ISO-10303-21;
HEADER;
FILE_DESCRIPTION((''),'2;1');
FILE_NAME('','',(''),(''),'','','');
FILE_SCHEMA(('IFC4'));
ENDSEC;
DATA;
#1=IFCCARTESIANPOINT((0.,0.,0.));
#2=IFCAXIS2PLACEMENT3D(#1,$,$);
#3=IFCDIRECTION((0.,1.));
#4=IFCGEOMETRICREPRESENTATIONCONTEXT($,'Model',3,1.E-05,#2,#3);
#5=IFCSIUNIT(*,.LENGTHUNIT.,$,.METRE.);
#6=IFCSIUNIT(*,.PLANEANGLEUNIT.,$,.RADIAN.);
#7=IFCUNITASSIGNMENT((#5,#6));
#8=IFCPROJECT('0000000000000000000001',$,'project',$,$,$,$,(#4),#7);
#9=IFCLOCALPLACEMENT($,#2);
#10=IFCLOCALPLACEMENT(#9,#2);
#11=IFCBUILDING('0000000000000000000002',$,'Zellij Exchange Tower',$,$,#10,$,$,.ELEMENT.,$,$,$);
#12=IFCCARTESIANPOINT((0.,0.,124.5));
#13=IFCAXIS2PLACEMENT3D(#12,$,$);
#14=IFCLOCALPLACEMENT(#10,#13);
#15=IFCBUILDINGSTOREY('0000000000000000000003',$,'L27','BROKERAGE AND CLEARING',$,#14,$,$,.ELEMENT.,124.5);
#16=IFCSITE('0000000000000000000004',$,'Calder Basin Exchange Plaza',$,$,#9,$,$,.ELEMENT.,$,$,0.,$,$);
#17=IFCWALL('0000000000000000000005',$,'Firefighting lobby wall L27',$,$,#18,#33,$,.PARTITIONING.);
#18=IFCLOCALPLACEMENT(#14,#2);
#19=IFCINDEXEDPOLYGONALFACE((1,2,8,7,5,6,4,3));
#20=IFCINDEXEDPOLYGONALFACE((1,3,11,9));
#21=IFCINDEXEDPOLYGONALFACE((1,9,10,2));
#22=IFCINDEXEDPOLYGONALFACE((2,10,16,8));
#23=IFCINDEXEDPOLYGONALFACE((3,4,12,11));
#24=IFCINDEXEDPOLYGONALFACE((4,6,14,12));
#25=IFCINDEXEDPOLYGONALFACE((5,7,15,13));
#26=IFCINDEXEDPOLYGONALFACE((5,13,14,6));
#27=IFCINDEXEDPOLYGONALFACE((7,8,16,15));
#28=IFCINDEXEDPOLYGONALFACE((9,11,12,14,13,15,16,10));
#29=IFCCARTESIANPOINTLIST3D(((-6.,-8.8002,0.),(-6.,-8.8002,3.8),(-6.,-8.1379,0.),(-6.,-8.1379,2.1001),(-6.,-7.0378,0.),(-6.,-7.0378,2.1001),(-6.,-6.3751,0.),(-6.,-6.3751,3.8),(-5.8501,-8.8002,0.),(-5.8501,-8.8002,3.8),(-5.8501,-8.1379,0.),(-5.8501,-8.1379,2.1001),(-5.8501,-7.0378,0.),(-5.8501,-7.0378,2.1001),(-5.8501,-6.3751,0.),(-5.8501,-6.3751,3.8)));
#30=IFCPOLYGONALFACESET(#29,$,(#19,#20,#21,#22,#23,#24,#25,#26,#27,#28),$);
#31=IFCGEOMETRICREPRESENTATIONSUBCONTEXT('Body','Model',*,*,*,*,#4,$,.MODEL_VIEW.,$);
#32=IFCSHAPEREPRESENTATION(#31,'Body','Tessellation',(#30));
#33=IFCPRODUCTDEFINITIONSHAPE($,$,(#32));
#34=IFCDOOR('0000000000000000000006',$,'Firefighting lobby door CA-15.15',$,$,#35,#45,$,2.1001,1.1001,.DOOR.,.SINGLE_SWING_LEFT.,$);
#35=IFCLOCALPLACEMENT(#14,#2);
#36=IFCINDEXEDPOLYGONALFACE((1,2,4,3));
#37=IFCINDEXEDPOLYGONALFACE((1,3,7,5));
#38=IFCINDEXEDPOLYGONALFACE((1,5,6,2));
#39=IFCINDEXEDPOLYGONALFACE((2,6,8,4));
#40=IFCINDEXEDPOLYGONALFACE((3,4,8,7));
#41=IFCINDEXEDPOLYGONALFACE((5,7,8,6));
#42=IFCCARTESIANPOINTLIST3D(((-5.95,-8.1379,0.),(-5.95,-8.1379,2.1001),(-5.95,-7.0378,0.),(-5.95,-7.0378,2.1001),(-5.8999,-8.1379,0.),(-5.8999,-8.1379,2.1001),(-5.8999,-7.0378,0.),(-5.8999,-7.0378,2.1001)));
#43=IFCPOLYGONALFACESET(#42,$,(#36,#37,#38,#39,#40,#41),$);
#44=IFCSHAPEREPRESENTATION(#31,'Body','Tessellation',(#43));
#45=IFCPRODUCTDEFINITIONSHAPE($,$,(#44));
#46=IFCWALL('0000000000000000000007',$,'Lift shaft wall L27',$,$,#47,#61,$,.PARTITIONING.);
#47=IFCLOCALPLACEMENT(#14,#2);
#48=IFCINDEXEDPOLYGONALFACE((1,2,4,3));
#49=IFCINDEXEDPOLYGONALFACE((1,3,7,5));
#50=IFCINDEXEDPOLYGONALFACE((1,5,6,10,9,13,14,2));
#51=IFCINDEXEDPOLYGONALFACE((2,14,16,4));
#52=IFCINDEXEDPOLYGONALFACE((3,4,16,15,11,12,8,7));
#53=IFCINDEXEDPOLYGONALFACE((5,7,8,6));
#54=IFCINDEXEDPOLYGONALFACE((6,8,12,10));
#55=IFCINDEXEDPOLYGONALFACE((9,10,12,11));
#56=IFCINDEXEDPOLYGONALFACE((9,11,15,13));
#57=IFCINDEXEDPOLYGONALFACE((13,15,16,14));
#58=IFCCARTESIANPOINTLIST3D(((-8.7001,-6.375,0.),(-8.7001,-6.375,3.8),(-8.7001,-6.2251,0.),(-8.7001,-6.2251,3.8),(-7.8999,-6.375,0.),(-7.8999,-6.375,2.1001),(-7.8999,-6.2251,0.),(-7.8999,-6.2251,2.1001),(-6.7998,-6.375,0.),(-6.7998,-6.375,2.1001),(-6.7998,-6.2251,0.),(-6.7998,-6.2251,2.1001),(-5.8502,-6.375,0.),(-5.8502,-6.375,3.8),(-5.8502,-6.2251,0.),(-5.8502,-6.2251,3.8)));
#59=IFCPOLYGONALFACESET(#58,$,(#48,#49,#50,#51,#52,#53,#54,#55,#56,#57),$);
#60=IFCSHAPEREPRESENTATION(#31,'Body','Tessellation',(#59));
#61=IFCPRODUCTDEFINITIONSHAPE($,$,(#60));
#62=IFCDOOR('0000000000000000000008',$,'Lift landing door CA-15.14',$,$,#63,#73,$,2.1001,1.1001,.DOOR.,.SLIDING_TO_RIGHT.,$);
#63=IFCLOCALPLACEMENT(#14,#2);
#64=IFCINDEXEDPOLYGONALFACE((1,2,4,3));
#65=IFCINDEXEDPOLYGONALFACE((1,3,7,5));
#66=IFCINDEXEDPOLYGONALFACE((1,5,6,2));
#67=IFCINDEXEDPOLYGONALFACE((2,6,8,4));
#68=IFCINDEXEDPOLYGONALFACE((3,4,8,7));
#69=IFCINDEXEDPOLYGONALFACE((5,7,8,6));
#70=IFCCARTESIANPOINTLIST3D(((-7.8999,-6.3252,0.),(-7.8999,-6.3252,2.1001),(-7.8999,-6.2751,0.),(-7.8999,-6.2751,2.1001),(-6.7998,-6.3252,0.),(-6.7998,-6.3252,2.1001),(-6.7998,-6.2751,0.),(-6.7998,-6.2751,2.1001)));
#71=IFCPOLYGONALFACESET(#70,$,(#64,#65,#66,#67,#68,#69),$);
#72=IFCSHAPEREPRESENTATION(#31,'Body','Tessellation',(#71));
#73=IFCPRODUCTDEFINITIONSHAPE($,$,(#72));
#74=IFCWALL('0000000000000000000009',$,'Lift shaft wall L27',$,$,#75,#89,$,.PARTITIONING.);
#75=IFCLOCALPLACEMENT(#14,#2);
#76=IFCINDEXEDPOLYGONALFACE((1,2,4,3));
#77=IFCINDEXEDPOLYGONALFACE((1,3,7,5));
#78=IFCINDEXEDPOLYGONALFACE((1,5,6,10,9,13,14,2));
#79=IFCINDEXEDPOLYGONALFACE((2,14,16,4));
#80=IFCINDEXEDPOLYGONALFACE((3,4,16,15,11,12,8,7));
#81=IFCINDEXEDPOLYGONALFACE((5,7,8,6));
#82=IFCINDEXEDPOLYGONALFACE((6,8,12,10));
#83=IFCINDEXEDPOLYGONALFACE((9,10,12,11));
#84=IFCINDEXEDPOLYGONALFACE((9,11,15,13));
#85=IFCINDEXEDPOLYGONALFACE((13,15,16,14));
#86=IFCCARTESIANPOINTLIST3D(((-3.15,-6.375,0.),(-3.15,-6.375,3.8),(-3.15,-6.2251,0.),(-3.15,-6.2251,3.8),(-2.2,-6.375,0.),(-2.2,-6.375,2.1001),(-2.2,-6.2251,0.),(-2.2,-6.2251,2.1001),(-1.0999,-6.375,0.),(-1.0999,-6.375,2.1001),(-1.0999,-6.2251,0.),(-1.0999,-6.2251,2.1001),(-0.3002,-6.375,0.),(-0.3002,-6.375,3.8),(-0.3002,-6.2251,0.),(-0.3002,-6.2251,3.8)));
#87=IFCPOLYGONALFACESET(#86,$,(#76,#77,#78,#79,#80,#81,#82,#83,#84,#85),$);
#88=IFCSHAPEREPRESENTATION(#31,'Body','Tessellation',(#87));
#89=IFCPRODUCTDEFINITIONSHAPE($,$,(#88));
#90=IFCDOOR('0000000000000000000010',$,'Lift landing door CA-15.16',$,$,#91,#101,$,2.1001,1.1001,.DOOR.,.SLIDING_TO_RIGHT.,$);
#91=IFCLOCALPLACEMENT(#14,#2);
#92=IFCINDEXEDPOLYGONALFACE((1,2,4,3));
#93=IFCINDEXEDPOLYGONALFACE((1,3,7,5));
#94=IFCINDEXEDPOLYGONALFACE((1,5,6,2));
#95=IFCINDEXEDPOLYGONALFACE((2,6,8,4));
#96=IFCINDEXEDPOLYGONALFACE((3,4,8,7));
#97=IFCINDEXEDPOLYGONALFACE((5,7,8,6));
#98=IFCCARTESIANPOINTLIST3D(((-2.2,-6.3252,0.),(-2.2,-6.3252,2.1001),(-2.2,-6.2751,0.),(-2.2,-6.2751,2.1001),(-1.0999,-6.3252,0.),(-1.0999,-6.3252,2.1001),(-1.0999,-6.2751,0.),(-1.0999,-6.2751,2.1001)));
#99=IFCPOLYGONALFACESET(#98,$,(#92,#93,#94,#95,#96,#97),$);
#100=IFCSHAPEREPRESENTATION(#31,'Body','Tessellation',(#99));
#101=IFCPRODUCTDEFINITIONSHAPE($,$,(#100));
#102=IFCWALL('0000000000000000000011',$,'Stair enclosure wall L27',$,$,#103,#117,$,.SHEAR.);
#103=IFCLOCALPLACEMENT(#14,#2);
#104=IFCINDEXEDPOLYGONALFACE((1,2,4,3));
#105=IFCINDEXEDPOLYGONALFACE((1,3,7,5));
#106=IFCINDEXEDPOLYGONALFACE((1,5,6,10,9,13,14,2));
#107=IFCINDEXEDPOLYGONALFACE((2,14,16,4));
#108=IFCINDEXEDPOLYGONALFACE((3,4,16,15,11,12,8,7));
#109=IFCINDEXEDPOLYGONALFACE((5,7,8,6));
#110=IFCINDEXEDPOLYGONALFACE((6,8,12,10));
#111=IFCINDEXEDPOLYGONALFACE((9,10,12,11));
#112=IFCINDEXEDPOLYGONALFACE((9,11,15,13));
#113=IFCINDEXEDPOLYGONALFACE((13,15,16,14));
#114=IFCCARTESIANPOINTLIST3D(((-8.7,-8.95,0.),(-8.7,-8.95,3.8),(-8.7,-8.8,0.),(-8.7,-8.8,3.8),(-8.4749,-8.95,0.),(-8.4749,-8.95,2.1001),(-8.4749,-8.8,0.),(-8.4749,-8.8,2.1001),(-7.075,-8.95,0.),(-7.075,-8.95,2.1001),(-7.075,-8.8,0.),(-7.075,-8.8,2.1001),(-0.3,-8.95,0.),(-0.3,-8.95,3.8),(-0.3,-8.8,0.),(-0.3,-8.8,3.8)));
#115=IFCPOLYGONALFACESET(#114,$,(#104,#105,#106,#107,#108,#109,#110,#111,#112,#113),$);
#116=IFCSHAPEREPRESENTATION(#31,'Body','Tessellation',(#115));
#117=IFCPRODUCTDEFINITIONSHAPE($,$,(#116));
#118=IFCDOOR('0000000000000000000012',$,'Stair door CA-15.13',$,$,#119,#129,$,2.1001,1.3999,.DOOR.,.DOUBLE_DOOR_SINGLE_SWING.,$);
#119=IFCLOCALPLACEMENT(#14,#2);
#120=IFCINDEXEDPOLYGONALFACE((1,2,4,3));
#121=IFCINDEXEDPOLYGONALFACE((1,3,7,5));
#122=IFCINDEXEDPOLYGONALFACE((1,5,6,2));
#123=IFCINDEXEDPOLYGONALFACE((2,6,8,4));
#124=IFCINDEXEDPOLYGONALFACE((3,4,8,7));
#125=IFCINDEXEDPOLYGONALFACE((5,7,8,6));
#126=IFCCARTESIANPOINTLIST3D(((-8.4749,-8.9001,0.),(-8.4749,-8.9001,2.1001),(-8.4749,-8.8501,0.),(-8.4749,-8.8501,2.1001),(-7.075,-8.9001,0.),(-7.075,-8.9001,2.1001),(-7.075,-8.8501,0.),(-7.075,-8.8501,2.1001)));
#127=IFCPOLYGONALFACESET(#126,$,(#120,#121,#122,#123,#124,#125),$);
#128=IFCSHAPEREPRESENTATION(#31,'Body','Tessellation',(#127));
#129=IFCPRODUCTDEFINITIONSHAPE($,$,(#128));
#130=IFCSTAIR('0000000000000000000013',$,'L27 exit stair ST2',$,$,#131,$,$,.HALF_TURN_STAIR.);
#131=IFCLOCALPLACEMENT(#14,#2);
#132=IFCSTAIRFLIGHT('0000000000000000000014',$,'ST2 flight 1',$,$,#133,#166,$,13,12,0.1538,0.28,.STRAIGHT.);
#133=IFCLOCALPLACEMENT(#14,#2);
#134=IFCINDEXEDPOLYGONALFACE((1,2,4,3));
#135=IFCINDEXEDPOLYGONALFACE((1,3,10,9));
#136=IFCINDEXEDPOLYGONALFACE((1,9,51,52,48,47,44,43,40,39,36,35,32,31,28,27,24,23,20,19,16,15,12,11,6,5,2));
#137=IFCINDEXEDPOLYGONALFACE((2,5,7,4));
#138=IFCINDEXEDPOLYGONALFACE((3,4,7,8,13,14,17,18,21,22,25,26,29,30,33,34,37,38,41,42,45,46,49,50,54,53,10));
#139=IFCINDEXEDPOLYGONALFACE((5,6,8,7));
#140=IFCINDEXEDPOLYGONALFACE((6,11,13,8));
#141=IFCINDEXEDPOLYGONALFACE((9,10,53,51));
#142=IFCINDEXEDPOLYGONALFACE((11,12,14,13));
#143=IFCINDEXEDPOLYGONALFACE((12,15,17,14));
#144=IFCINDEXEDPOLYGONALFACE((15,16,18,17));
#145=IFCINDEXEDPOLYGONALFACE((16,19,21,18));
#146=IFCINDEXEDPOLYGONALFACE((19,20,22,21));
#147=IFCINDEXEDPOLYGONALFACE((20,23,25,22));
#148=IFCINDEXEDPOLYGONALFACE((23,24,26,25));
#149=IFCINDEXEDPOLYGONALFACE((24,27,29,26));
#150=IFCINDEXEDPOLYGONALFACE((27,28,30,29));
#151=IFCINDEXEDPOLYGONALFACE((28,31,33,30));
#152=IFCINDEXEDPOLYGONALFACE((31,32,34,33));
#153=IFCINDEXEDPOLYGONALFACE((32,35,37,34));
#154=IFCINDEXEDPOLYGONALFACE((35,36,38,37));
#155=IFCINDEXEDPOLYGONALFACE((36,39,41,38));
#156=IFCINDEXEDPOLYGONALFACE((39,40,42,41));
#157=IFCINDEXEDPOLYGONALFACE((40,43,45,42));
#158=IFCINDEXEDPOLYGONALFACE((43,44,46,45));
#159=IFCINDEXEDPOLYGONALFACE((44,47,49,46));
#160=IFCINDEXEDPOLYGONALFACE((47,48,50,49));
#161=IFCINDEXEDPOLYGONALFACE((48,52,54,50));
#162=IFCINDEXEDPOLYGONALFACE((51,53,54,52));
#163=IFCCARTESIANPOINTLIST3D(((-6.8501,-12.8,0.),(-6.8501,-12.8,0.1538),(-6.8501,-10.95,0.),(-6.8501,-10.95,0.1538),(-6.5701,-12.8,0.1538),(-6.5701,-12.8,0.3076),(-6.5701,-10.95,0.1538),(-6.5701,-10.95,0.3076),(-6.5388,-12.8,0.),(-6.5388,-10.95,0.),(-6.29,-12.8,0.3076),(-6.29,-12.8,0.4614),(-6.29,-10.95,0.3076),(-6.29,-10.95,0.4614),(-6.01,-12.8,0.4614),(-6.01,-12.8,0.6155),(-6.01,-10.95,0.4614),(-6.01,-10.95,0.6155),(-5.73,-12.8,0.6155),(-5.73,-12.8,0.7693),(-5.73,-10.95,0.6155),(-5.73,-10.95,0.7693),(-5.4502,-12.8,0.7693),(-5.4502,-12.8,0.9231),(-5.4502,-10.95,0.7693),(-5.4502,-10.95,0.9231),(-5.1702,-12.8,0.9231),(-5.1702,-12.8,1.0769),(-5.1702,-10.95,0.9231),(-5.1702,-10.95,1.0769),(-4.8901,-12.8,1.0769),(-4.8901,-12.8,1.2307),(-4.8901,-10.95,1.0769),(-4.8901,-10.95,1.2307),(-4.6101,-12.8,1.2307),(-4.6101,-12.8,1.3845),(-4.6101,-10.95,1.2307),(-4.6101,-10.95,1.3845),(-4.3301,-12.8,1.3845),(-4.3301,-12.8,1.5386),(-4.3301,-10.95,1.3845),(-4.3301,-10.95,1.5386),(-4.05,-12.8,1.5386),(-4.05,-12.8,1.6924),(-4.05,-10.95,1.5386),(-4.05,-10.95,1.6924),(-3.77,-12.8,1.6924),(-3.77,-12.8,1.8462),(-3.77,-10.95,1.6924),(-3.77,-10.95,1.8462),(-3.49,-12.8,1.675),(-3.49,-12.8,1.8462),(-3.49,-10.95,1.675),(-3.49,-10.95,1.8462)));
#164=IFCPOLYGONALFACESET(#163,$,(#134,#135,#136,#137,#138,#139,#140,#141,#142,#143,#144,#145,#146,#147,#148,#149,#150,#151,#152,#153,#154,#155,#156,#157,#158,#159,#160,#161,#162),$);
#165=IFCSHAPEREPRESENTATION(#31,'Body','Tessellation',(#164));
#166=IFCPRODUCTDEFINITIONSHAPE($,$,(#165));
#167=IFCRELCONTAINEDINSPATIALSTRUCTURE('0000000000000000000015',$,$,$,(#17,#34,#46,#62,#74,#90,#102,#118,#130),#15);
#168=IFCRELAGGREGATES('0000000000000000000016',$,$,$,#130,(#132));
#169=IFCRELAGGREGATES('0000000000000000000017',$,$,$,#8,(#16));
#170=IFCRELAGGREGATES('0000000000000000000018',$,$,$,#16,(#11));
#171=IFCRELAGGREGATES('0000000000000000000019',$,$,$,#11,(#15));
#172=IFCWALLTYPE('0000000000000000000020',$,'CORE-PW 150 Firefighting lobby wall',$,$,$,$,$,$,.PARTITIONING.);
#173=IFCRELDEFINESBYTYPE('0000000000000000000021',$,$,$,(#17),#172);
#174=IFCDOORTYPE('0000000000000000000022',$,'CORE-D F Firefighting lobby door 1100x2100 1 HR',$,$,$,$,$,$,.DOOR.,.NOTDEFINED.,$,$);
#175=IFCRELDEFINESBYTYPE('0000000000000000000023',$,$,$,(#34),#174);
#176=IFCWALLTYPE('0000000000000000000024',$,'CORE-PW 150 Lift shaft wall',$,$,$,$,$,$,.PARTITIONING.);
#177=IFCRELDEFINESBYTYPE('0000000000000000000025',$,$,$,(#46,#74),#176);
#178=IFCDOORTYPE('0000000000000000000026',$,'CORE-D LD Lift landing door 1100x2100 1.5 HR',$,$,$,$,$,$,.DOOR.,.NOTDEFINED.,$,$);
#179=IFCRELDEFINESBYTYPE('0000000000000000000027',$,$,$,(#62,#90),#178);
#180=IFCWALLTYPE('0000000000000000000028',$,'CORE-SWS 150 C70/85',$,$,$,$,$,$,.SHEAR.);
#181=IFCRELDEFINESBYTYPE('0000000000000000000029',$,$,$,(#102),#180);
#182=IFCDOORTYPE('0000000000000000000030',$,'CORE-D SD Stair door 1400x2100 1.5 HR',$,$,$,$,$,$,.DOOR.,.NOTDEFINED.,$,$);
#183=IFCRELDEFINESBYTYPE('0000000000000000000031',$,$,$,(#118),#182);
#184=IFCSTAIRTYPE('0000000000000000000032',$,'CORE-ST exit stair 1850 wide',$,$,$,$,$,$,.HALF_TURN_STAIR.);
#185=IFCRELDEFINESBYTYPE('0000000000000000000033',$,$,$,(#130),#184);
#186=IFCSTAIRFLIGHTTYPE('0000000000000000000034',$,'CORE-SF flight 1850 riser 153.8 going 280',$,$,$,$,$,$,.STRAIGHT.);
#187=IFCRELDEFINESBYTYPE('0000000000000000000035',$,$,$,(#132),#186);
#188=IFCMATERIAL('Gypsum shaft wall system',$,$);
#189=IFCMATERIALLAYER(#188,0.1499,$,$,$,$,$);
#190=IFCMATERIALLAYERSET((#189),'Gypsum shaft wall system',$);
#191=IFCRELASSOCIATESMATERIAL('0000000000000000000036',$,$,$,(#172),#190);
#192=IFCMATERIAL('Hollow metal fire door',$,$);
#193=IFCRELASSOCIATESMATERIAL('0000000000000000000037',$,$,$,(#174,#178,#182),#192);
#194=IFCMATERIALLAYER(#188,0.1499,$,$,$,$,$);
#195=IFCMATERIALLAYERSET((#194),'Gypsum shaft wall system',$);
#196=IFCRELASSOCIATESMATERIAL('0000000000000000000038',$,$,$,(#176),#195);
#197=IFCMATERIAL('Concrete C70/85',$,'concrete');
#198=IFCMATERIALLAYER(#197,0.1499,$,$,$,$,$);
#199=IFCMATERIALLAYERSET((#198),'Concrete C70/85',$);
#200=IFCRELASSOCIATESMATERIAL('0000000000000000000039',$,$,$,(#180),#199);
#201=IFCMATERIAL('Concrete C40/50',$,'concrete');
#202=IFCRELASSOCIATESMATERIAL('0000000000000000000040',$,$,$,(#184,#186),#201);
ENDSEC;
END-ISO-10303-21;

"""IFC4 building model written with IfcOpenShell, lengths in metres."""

from ifc_helpers import new_model, si_unit, direction, frame, frame_2d, origin, place, context, subcontext, project, spatial, polyline, rectangle, outline, extrude, material, layer, layer_set, type_object, element, fill, aggregate, save


model = new_model("IFC4")

# Units and contexts
model_context = context("Model", 3, precision=1e-05, world=origin(), true_north=direction((0.0, 1.0)))
body_context = subcontext(model_context, "Body", "Model", "MODEL_VIEW")
ifc_project = project(units=[si_unit("LENGTHUNIT", "METRE"), si_unit("PLANEANGLEUNIT", "RADIAN")], contexts=[model_context])

# Site, building, storey
site_placement = place(None, origin())
site = spatial("IfcSite", under=ifc_project, at=site_placement, Name="Calder Basin Exchange Plaza", CompositionType="ELEMENT", RefElevation=0.0)
building_placement = place(site_placement, origin())
building = spatial("IfcBuilding", under=site, at=building_placement, Name="Zellij Exchange Tower", CompositionType="ELEMENT")
storey_placement = place(building_placement, frame((0.0, 0.0, 124.5)))
storey = spatial("IfcBuildingStorey", under=building, at=storey_placement, Name="L27", Description="BROKERAGE AND CLEARING", CompositionType="ELEMENT", Elevation=124.5)

# Shared definitions
ifc_material_1 = material(Name="Concrete C70/85", Category="concrete")

# Walls, openings, doors
ifc_material_2 = material(Name="Gypsum shaft wall system")
ifc_layer_1 = layer(ifc_material_2, 0.1499)
ifc_layer_set_1 = layer_set([ifc_layer_1], Name="Gypsum shaft wall system")
wall_type_1 = type_object("IfcWallType", Name="CORE-PW 150 Firefighting lobby wall", PredefinedType="PARTITIONING", material=ifc_layer_set_1)
wall_1_placement = place(storey_placement, frame((-5.925, -8.8, 0.0), z_axis=(0.0, 0.0, 1.0), x_axis=(0.0, 1.0, 0.0)))
wall_1 = element("IfcWall", 1, at=wall_1_placement, inside=storey, type_object=wall_type_1, Name="Firefighting lobby wall L27", PredefinedType="PARTITIONING", context=body_context, shape_type="SweptSolid", body=[
    extrude(rectangle(XDim=2.425, YDim=0.1499, at=frame_2d((1.2124, 0.0))), origin(), (0.0, 0.0, 1.0), 3.8),
])
opening_1_placement = place(wall_1_placement, frame((0.6621, 0.0, 0.0)))
opening_1 = element("IfcOpeningElement", 2, at=opening_1_placement, cuts=wall_1, PredefinedType="OPENING", context=body_context, shape_type="SweptSolid", body=[
    extrude(rectangle(XDim=1.1001, YDim=2.1001, at=frame_2d((0.55, 1.05))), frame((0.0, 0.0869, 0.0), z_axis=(0.0, -1.0, 0.0), x_axis=(1.0, 0.0, 0.0)), (0.0, 0.0, 1.0), 0.1738),
])
ifc_material_3 = material(Name="Hollow metal fire door")
door_type_1 = type_object("IfcDoorType", Name="CORE-D F Firefighting lobby door 1100x2100 1 HR", OperationType="NOTDEFINED", PredefinedType="DOOR", material=ifc_material_3)
door_1_placement = place(opening_1_placement, origin())
door_1 = element("IfcDoor", 3, at=door_1_placement, inside=storey, type_object=door_type_1, Name="Firefighting lobby door CA-15.15", OperationType="SINGLE_SWING_LEFT", OverallHeight=2.1001, OverallWidth=1.1001, PredefinedType="DOOR", context=body_context, shape_type="SweptSolid", body=[
    extrude(rectangle(XDim=1.1001, YDim=2.1001, at=frame_2d((0.55, 1.05))), frame((0.0, 0.0249, 0.0), z_axis=(0.0, -1.0, 0.0), x_axis=(1.0, 0.0, 0.0)), (0.0, 0.0, 1.0), 0.05),
])
fill(opening_1, door_1)
ifc_layer_2 = layer(ifc_material_2, 0.1499)
ifc_layer_set_2 = layer_set([ifc_layer_2], Name="Gypsum shaft wall system")
wall_type_2 = type_object("IfcWallType", Name="CORE-PW 150 Lift shaft wall", PredefinedType="PARTITIONING", material=ifc_layer_set_2)
wall_2_placement = place(storey_placement, frame((-8.7, -6.3, 0.0), z_axis=(0.0, 0.0, 1.0), x_axis=(1.0, 0.0, 0.0)))
wall_2 = element("IfcWall", 4, at=wall_2_placement, inside=storey, type_object=wall_type_2, Name="Lift shaft wall L27", PredefinedType="PARTITIONING", context=body_context, shape_type="SweptSolid", body=[
    extrude(rectangle(XDim=2.8499, YDim=0.1499, at=frame_2d((1.4248, 0.0))), origin(), (0.0, 0.0, 1.0), 3.8),
])
opening_2_placement = place(wall_2_placement, frame((0.8, 0.0, 0.0)))
opening_2 = element("IfcOpeningElement", 5, at=opening_2_placement, cuts=wall_2, PredefinedType="OPENING", context=body_context, shape_type="SweptSolid", body=[
    extrude(rectangle(XDim=1.1001, YDim=2.1001, at=frame_2d((0.55, 1.05))), frame((0.0, 0.0869, 0.0), z_axis=(0.0, -1.0, 0.0), x_axis=(1.0, 0.0, 0.0)), (0.0, 0.0, 1.0), 0.1738),
])
door_type_2 = type_object("IfcDoorType", Name="CORE-D LD Lift landing door 1100x2100 1.5 HR", OperationType="NOTDEFINED", PredefinedType="DOOR", material=ifc_material_3)
door_2_placement = place(opening_2_placement, origin())
door_2 = element("IfcDoor", 6, at=door_2_placement, inside=storey, type_object=door_type_2, Name="Lift landing door CA-15.14", OperationType="SLIDING_TO_RIGHT", OverallHeight=2.1001, OverallWidth=1.1001, PredefinedType="DOOR", context=body_context, shape_type="SweptSolid", body=[
    extrude(rectangle(XDim=1.1001, YDim=2.1001, at=frame_2d((0.55, 1.05))), frame((0.0, 0.0249, 0.0), z_axis=(0.0, -1.0, 0.0), x_axis=(1.0, 0.0, 0.0)), (0.0, 0.0, 1.0), 0.05),
])
fill(opening_2, door_2)
wall_3_placement = place(storey_placement, frame((-3.1499, -6.3, 0.0), z_axis=(0.0, 0.0, 1.0), x_axis=(1.0, 0.0, 0.0)))
wall_3 = element("IfcWall", 7, at=wall_3_placement, inside=storey, type_object=wall_type_2, Name="Lift shaft wall L27", PredefinedType="PARTITIONING", context=body_context, shape_type="SweptSolid", body=[
    extrude(rectangle(XDim=2.8499, YDim=0.1499, at=frame_2d((1.4248, 0.0))), origin(), (0.0, 0.0, 1.0), 3.8),
])
opening_3_placement = place(wall_3_placement, frame((0.95, 0.0, 0.0)))
opening_3 = element("IfcOpeningElement", 8, at=opening_3_placement, cuts=wall_3, PredefinedType="OPENING", context=body_context, shape_type="SweptSolid", body=[
    extrude(rectangle(XDim=1.1001, YDim=2.1001, at=frame_2d((0.55, 1.05))), frame((0.0, 0.0869, 0.0), z_axis=(0.0, -1.0, 0.0), x_axis=(1.0, 0.0, 0.0)), (0.0, 0.0, 1.0), 0.1738),
])
door_3_placement = place(opening_3_placement, origin())
door_3 = element("IfcDoor", 9, at=door_3_placement, inside=storey, type_object=door_type_2, Name="Lift landing door CA-15.16", OperationType="SLIDING_TO_RIGHT", OverallHeight=2.1001, OverallWidth=1.1001, PredefinedType="DOOR", context=body_context, shape_type="SweptSolid", body=[
    extrude(rectangle(XDim=1.1001, YDim=2.1001, at=frame_2d((0.55, 1.05))), frame((0.0, 0.0249, 0.0), z_axis=(0.0, -1.0, 0.0), x_axis=(1.0, 0.0, 0.0)), (0.0, 0.0, 1.0), 0.05),
])
fill(opening_3, door_3)
ifc_layer_3 = layer(ifc_material_1, 0.1499)
ifc_layer_set_3 = layer_set([ifc_layer_3], Name="Concrete C70/85")
wall_type_3 = type_object("IfcWallType", Name="CORE-SWS 150 C70/85", PredefinedType="SHEAR", material=ifc_layer_set_3)
wall_4_placement = place(storey_placement, frame((-8.7, -8.875, 0.0), z_axis=(0.0, 0.0, 1.0), x_axis=(1.0, 0.0, 0.0)))
wall_4 = element("IfcWall", 10, at=wall_4_placement, inside=storey, type_object=wall_type_3, Name="Stair enclosure wall L27", PredefinedType="SHEAR", context=body_context, shape_type="SweptSolid", body=[
    extrude(rectangle(XDim=8.3999, YDim=0.1499, at=frame_2d((4.2, 0.0))), origin(), (0.0, 0.0, 1.0), 3.8),
])
opening_4_placement = place(wall_4_placement, frame((0.2251, 0.0, 0.0)))
opening_4 = element("IfcOpeningElement", 11, at=opening_4_placement, cuts=wall_4, PredefinedType="OPENING", context=body_context, shape_type="SweptSolid", body=[
    extrude(rectangle(XDim=1.3999, YDim=2.1001, at=frame_2d((0.7, 1.05))), frame((0.0, 0.0869, 0.0), z_axis=(0.0, -1.0, 0.0), x_axis=(1.0, 0.0, 0.0)), (0.0, 0.0, 1.0), 0.1738),
])
door_type_3 = type_object("IfcDoorType", Name="CORE-D SD Stair door 1400x2100 1.5 HR", OperationType="NOTDEFINED", PredefinedType="DOOR", material=ifc_material_3)
door_4_placement = place(opening_4_placement, origin())
door_4 = element("IfcDoor", 12, at=door_4_placement, inside=storey, type_object=door_type_3, Name="Stair door CA-15.13", OperationType="DOUBLE_DOOR_SINGLE_SWING", OverallHeight=2.1001, OverallWidth=1.3999, PredefinedType="DOOR", context=body_context, shape_type="SweptSolid", body=[
    extrude(rectangle(XDim=1.3999, YDim=2.1001, at=frame_2d((0.7, 1.05))), frame((0.0, 0.0249, 0.0), z_axis=(0.0, -1.0, 0.0), x_axis=(1.0, 0.0, 0.0)), (0.0, 0.0, 1.0), 0.05),
])
fill(opening_4, door_4)

# Stair, stair flight
ifc_material_4 = material(Name="Concrete C40/50", Category="concrete")
stair_type = type_object("IfcStairType", Name="CORE-ST exit stair 1850 wide", PredefinedType="HALF_TURN_STAIR", material=ifc_material_4)
stair_placement = place(storey_placement, origin())
stair = element("IfcStair", 13, at=stair_placement, inside=storey, type_object=stair_type, Name="L27 exit stair ST2", PredefinedType="HALF_TURN_STAIR")
stair_flight_type = type_object("IfcStairFlightType", Name="CORE-SF flight 1850 riser 153.8 going 280", PredefinedType="STRAIGHT", material=ifc_material_4)
stair_flight_1_placement = place(storey_placement, frame((-6.8501, -11.875, 0.0), z_axis=(0.0, 0.0, 1.0), x_axis=(1.0, 0.0, 0.0)))
stair_flight_1 = element("IfcStairFlight", 14, at=stair_flight_1_placement, type_object=stair_flight_type, Name="ST2 flight 1", NumberOfRisers=13, NumberOfTreads=12, PredefinedType="STRAIGHT", RiserHeight=0.1538, TreadLength=0.28, context=body_context, shape_type="SweptSolid", body=[
    extrude(outline(polyline([(0.0, 0.0), (0.0, 0.1538), (0.28, 0.1538), (0.28, 0.3076), (0.5601, 0.3076), (0.5601, 0.4614), (0.8401, 0.4614), (0.8401, 0.6155), (1.1201, 0.6155), (1.1201, 0.7693), (1.3999, 0.7693), (1.3999, 0.9231), (1.6799, 0.9231), (1.6799, 1.0769), (1.96, 1.0769), (1.96, 1.2307), (2.24, 1.2307), (2.24, 1.3845), (2.52, 1.3845), (2.52, 1.5386), (2.8, 1.5386), (2.8, 1.6924), (3.0801, 1.6924), (3.0801, 1.8462), (3.3601, 1.8462), (3.3601, 2.0), (3.3601, 1.675), (0.3113, 0.0), (0.0, 0.0)])), frame((0.0, 0.925, 0.0), z_axis=(0.0, -1.0, 0.0), x_axis=(1.0, 0.0, 0.0)), (0.0, 0.0, 1.0), 1.8501),
])
aggregate(stair, [stair_flight_1])

save(model, "model.ifc")
